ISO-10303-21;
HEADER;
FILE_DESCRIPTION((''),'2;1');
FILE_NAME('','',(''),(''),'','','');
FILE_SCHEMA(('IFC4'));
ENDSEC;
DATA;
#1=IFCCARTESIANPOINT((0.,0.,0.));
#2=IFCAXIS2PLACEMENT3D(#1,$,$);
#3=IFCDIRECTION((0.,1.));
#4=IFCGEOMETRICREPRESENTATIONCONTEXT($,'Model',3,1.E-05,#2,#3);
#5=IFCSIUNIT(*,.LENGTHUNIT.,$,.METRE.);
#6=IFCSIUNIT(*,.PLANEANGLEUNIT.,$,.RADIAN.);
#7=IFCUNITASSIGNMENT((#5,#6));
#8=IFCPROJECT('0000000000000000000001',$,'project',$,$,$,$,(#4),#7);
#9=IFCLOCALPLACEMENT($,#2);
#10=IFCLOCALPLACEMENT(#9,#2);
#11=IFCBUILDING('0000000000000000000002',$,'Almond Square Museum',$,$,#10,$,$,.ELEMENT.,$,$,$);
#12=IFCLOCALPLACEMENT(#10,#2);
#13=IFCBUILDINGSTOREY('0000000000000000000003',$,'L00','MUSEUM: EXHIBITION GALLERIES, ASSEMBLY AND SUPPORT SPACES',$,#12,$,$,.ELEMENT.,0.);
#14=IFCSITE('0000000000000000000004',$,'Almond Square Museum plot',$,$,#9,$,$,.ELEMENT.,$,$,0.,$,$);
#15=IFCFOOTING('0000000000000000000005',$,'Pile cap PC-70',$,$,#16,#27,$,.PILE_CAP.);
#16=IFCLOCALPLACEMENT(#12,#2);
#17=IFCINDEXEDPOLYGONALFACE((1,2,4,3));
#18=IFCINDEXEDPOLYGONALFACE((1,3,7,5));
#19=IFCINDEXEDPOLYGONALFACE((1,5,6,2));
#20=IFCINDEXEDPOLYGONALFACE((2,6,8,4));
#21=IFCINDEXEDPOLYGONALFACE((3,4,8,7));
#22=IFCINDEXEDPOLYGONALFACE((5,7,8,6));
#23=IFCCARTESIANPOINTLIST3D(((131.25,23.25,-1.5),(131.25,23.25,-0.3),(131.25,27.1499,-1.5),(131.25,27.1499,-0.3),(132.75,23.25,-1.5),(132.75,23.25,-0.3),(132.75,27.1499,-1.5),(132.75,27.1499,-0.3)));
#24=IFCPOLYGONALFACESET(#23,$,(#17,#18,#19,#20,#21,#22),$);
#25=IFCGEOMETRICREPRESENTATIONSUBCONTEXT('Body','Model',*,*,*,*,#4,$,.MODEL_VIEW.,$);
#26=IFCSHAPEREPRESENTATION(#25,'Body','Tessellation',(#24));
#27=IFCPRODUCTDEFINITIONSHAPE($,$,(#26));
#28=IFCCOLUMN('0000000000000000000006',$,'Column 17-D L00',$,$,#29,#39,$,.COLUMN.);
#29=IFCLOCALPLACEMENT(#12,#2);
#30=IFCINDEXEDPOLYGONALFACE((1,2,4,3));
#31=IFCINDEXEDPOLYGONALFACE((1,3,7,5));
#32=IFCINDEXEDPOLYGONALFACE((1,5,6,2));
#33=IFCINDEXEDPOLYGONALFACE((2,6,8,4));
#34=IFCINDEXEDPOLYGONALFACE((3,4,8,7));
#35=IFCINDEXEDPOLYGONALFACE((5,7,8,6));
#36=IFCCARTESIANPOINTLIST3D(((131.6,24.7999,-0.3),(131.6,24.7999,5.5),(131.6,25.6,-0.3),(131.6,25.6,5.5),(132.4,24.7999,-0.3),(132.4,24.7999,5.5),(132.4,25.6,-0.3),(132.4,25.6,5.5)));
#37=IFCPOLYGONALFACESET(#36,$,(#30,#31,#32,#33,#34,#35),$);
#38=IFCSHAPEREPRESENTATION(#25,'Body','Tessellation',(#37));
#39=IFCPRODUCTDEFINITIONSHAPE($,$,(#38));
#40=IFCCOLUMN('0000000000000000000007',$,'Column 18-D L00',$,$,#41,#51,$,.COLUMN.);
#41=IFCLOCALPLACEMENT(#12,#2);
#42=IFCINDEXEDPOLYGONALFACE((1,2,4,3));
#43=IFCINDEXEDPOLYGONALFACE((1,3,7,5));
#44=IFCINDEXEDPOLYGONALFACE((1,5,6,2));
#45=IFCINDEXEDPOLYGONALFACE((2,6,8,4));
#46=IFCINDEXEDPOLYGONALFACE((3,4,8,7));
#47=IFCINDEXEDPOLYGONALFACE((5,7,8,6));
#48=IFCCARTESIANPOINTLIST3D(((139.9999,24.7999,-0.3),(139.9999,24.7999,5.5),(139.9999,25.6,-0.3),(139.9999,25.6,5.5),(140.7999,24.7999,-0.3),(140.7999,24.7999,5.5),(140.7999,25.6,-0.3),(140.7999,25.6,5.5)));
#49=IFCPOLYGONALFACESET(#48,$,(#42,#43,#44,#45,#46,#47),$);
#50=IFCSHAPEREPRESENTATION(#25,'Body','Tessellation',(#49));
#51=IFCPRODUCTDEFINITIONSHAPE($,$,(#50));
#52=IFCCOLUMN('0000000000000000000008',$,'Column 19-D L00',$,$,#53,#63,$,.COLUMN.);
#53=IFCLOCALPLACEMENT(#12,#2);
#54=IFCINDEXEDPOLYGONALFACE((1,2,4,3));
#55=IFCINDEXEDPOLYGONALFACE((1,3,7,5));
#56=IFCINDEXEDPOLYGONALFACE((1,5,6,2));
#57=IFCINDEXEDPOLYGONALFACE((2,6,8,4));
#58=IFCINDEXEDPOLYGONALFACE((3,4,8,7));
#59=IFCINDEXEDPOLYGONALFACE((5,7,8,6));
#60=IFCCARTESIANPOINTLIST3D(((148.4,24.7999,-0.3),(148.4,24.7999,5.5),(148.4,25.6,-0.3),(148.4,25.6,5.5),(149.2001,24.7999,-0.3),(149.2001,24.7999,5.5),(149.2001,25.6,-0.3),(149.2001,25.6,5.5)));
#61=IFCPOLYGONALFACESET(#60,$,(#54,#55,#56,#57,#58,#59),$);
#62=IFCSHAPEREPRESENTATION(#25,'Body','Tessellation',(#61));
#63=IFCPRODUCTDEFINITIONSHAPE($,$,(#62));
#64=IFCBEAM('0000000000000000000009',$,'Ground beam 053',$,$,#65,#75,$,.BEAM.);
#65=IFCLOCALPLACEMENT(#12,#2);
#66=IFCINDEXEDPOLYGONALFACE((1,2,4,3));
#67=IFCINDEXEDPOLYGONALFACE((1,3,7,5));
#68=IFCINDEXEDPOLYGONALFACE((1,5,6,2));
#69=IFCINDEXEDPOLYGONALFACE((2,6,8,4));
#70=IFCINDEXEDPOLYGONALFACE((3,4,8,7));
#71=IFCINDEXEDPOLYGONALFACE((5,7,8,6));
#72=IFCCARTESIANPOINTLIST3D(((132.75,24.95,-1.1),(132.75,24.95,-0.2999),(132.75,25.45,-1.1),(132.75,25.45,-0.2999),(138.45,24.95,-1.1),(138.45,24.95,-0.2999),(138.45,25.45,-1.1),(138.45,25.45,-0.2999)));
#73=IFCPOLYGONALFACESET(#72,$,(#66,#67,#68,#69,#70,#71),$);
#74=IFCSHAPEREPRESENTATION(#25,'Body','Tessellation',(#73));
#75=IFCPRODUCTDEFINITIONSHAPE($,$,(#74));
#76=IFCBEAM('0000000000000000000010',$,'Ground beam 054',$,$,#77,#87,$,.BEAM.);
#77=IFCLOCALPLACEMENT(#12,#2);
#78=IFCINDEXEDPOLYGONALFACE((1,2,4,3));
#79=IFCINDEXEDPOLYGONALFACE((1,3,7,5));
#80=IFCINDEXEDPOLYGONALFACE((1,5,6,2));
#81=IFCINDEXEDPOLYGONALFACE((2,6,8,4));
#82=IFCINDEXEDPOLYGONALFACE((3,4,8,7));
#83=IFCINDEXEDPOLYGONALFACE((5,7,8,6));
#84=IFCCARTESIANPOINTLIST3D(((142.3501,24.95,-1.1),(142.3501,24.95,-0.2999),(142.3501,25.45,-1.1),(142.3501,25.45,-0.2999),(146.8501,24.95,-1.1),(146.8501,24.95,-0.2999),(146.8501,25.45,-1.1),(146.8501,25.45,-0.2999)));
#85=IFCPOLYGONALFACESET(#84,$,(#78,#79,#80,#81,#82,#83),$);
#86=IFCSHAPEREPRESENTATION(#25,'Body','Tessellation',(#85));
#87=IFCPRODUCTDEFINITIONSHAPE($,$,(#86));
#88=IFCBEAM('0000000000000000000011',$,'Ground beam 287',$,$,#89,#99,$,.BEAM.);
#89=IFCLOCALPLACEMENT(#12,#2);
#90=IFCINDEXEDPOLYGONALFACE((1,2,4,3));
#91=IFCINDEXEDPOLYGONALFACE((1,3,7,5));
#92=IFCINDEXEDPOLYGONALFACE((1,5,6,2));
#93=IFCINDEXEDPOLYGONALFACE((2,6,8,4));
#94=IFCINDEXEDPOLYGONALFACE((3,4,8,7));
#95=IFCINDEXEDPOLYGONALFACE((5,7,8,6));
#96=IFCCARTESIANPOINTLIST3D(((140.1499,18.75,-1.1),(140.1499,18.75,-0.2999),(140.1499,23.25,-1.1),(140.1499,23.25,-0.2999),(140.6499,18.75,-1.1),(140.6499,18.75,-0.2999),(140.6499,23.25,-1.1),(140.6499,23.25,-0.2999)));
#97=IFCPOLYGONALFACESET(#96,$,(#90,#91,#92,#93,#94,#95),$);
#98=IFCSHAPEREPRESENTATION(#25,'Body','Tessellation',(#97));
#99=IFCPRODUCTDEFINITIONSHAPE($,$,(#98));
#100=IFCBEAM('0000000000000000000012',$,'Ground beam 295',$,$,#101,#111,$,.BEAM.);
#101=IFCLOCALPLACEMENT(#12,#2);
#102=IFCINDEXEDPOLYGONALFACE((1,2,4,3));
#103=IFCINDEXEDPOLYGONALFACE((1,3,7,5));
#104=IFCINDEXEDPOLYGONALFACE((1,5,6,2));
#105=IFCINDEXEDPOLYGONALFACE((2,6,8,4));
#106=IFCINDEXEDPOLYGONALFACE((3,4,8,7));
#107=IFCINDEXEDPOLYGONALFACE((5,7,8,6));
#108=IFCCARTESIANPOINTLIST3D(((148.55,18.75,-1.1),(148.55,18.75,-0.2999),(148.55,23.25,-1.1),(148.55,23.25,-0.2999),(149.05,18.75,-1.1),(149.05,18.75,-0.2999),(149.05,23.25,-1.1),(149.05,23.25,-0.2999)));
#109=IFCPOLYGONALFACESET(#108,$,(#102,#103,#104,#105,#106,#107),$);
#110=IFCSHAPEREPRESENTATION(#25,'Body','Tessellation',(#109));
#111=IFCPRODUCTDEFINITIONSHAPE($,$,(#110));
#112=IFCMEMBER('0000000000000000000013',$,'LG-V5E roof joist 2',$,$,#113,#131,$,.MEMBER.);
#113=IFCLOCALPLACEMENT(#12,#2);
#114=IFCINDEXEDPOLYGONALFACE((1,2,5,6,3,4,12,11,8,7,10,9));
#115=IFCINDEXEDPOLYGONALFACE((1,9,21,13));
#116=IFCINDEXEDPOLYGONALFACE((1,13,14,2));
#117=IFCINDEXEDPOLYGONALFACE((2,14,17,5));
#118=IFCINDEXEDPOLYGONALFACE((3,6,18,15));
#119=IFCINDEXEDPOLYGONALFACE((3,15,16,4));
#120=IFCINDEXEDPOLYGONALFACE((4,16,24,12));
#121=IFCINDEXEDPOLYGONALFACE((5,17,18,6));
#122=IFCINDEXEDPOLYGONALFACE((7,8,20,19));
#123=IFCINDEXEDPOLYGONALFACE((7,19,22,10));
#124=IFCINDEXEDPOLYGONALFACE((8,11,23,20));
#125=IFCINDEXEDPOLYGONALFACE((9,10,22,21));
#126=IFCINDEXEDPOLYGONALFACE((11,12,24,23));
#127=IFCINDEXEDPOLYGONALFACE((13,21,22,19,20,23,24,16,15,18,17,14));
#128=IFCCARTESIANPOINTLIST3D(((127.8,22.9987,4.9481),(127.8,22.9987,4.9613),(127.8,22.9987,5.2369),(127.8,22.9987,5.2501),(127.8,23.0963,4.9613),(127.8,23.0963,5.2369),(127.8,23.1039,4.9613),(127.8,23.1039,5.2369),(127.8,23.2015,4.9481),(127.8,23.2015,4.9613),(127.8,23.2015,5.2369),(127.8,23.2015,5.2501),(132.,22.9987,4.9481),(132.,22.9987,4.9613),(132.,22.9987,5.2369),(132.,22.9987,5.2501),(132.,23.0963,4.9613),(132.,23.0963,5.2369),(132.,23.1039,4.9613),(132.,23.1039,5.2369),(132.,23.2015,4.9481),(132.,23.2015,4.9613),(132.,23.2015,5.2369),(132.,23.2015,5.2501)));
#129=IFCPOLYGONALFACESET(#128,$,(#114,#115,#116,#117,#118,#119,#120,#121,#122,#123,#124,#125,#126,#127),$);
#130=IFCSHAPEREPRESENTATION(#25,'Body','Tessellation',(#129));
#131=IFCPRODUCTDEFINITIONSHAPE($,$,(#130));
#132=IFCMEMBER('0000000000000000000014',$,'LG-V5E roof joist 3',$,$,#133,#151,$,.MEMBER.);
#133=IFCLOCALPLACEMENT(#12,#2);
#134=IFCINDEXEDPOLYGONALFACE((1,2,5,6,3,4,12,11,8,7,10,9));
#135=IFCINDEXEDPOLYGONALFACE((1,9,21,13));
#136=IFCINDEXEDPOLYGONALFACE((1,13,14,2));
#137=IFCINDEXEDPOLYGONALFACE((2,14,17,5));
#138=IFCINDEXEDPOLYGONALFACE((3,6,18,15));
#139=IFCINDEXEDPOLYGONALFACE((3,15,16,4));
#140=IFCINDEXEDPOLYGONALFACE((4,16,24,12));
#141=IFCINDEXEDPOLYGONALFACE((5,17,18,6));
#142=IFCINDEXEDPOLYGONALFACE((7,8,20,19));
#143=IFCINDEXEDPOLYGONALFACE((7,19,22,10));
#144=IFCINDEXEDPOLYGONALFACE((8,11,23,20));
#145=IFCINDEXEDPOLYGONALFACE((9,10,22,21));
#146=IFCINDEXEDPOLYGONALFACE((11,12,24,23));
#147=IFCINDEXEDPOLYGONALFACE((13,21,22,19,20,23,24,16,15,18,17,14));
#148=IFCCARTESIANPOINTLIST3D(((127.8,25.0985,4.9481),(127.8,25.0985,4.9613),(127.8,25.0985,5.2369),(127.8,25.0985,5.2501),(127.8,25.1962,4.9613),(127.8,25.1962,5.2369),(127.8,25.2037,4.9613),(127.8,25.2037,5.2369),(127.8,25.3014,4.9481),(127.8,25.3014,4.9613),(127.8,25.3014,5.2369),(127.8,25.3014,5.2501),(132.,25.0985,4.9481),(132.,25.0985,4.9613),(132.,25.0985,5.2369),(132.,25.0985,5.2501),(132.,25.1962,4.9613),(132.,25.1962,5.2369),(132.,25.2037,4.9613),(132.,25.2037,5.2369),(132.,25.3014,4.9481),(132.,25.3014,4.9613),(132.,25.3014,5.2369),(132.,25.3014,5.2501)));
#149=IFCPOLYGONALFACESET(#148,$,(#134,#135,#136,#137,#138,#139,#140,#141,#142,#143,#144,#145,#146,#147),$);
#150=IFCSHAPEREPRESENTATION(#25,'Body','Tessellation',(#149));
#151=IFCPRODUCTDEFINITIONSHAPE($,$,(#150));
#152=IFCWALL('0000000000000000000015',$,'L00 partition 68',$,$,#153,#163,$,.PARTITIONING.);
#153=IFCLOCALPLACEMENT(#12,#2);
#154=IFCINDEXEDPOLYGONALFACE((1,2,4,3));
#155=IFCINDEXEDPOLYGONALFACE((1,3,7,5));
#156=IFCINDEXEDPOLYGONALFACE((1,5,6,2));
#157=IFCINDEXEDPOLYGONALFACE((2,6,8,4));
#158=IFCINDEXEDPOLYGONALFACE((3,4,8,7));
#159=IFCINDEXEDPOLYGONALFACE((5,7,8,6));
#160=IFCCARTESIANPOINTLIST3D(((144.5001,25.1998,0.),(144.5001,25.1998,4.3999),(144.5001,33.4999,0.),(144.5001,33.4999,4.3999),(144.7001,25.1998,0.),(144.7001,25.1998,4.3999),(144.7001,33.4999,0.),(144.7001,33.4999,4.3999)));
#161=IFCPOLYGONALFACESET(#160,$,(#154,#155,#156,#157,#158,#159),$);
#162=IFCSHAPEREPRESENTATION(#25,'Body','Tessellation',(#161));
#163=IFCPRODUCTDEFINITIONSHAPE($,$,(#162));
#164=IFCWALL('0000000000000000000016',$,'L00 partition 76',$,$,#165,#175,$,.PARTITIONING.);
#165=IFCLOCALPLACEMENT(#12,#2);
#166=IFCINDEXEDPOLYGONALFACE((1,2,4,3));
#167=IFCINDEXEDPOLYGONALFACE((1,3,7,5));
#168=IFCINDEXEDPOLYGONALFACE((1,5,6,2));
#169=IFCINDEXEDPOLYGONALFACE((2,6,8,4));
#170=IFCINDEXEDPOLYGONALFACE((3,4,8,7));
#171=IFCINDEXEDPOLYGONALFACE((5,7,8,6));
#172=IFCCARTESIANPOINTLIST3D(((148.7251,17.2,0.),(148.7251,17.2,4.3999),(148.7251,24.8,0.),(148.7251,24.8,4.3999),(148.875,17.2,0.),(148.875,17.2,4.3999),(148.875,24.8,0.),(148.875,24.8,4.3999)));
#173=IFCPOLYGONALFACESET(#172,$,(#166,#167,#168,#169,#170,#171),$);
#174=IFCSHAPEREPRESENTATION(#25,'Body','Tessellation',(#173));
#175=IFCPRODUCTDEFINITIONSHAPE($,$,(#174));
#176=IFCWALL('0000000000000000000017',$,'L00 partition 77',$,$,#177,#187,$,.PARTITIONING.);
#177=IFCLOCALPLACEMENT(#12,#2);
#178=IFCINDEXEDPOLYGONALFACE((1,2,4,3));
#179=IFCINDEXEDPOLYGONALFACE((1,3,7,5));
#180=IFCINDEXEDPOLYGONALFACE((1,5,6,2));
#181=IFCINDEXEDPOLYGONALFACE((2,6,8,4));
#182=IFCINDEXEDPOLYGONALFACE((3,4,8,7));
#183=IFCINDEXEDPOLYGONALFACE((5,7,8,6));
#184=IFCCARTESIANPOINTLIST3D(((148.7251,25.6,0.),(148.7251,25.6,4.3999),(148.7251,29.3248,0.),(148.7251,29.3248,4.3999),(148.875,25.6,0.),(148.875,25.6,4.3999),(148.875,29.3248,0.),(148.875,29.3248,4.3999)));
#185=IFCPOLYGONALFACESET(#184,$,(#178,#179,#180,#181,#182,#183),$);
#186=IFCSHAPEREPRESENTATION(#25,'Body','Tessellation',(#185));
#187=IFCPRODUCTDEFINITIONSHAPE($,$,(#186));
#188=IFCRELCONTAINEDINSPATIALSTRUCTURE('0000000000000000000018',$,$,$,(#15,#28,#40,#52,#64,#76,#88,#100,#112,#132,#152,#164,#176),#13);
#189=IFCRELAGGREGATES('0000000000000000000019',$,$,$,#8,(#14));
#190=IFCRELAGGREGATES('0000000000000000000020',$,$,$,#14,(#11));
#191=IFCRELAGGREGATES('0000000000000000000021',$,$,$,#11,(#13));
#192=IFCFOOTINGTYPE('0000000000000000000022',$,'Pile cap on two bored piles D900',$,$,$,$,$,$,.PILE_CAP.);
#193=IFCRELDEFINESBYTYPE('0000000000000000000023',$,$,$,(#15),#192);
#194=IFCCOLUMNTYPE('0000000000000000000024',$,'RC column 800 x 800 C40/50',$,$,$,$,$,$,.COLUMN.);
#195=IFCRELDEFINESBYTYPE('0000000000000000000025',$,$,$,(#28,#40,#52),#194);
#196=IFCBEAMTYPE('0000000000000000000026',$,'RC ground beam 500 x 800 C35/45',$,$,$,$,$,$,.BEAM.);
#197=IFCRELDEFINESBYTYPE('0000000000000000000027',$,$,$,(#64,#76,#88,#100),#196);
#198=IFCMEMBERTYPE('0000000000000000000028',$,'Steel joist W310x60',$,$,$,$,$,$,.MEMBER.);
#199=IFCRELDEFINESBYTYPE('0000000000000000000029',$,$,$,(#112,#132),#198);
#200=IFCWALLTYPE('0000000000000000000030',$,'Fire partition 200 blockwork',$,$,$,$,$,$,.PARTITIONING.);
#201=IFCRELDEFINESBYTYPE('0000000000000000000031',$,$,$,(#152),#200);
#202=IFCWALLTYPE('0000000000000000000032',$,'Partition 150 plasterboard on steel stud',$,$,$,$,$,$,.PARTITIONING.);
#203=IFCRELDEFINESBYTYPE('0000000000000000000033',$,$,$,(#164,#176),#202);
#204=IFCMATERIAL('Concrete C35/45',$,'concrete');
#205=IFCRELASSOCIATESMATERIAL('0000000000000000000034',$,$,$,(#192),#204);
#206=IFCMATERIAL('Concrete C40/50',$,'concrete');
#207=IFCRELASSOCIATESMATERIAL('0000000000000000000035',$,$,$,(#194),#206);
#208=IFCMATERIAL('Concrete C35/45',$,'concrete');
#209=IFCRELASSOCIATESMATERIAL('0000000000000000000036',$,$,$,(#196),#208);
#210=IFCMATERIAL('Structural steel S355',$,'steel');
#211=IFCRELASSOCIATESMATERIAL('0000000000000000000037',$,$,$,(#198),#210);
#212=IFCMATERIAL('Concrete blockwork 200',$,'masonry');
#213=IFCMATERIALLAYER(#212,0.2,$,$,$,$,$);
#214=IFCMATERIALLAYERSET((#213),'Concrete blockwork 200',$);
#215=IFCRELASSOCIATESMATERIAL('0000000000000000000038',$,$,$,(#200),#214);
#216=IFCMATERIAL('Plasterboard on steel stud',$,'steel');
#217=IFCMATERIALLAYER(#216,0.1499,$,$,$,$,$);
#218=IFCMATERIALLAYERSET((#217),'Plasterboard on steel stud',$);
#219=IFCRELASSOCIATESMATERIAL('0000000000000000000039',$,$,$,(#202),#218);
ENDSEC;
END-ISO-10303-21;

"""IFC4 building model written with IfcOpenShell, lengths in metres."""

from ifc_helpers import new_model, si_unit, direction, frame, frame_2d, origin, origin_2d, place, context, subcontext, project, spatial, rectangle, i_section, extrude, material, layer, layer_set, material_profile, profile_set, type_object, element, save


model = new_model("IFC4")

# Units and contexts
model_context = context("Model", 3, precision=1e-05, world=origin(), true_north=direction((0.0, 1.0)))
body_context = subcontext(model_context, "Body", "Model", "MODEL_VIEW")
ifc_project = project(units=[si_unit("LENGTHUNIT", "METRE"), si_unit("PLANEANGLEUNIT", "RADIAN")], contexts=[model_context])

# Site, building, storey
site_placement = place(None, origin())
site = spatial("IfcSite", under=ifc_project, at=site_placement, Name="Almond Square Museum plot", CompositionType="ELEMENT", RefElevation=0.0)
building_placement = place(site_placement, origin())
building = spatial("IfcBuilding", under=site, at=building_placement, Name="Almond Square Museum", CompositionType="ELEMENT")
storey_placement = place(building_placement, origin())
storey = spatial("IfcBuildingStorey", under=building, at=storey_placement, Name="L00", Description="MUSEUM: EXHIBITION GALLERIES, ASSEMBLY AND SUPPORT SPACES", CompositionType="ELEMENT", Elevation=0.0)

# Footing
ifc_material_1 = material(Name="Concrete C35/45", Category="concrete")
footing_type_1 = type_object("IfcFootingType", Name="Pile cap on two bored piles D900", PredefinedType="PILE_CAP", material=ifc_material_1)
footing_placement = place(storey_placement, frame((132.0, 25.2, -1.5), z_axis=(0.0, 0.0, 1.0), x_axis=(1.0, 0.0, 0.0)))
element("IfcFooting", 1, at=footing_placement, inside=storey, type_object=footing_type_1, Name="Pile cap PC-70", PredefinedType="PILE_CAP", context=body_context, shape_type="SweptSolid", body=[
    extrude(rectangle(XDim=1.5, YDim=3.8999, at=origin_2d()), origin(), (0.0, 0.0, 1.0), 1.2),
])

# Columns
ifc_material_2 = material(Name="Concrete C40/50", Category="concrete")
ifc_material_profile_1 = material_profile(ifc_material_2, rectangle(XDim=0.8, YDim=0.8, at=origin_2d()))
ifc_profile_set_1 = profile_set([ifc_material_profile_1], Name="Concrete C40/50")
column_type = type_object("IfcColumnType", Name="RC column 800 x 800 C40/50", PredefinedType="COLUMN", material=ifc_profile_set_1)
for number, where, z_axis, x_axis, name in (
    (2, (132.0, 25.2, -0.3), (0.0, 0.0, 1.0), (1.0, 0.0, 0.0), "Column 17-D L00"),
    (3, (140.3999, 25.2, -0.3), (0.0, 0.0, 1.0), (1.0, 0.0, 0.0), "Column 18-D L00"),
    (4, (148.8, 25.2, -0.3), (0.0, 0.0, 1.0), (1.0, 0.0, 0.0), "Column 19-D L00"),
):
    element("IfcColumn", number, at=place(storey_placement, frame(where, z_axis=z_axis, x_axis=x_axis)), inside=storey, type_object=column_type, Name=name, PredefinedType="COLUMN", context=body_context, shape_type="SweptSolid", body=[
        extrude(rectangle(XDim=0.8, YDim=0.8, at=origin_2d()), origin(), (0.0, 0.0, 1.0), 5.8),
    ])

# Beams
ifc_material_3 = material(Name="Concrete C35/45", Category="concrete")
ifc_material_profile_2 = material_profile(ifc_material_3, rectangle(XDim=0.5, YDim=0.8, at=origin_2d()))
ifc_profile_set_2 = profile_set([ifc_material_profile_2], Name="Concrete C35/45")
beam_type = type_object("IfcBeamType", Name="RC ground beam 500 x 800 C35/45", PredefinedType="BEAM", material=ifc_profile_set_2)
beam_placement = place(storey_placement, frame((132.75, 25.2, -0.7), z_axis=(1.0, 0.0, 0.0), x_axis=(0.0, 1.0, 0.0)))
element("IfcBeam", 5, at=beam_placement, inside=storey, type_object=beam_type, Name="Ground beam 053", PredefinedType="BEAM", context=body_context, shape_type="SweptSolid", body=[
    extrude(rectangle(XDim=0.5, YDim=0.8, at=origin_2d()), origin(), (0.0, 0.0, 1.0), 5.7),
])
for number, where, z_axis, x_axis, name in (
    (6, (142.3501, 25.2, -0.7), (1.0, 0.0, 0.0), (0.0, 1.0, 0.0), "Ground beam 054"),
    (7, (140.3999, 18.75, -0.7), (0.0, 1.0, 0.0), (-1.0, 0.0, 0.0), "Ground beam 287"),
    (8, (148.8, 18.75, -0.7), (0.0, 1.0, 0.0), (-1.0, 0.0, 0.0), "Ground beam 295"),
):
    element("IfcBeam", number, at=place(storey_placement, frame(where, z_axis=z_axis, x_axis=x_axis)), inside=storey, type_object=beam_type, Name=name, PredefinedType="BEAM", context=body_context, shape_type="SweptSolid", body=[
        extrude(rectangle(XDim=0.5, YDim=0.8, at=origin_2d()), origin(), (0.0, 0.0, 1.0), 4.5),
    ])

# Members
ifc_material_4 = material(Name="Structural steel S355", Category="steel")
ifc_material_profile_3 = material_profile(ifc_material_4, i_section(OverallWidth=0.2029, OverallDepth=0.302, WebThickness=0.0076, FlangeThickness=0.0132, at=origin_2d()))
ifc_profile_set_3 = profile_set([ifc_material_profile_3], Name="Structural steel S355")
member_type = type_object("IfcMemberType", Name="Steel joist W310x60", PredefinedType="MEMBER", material=ifc_profile_set_3)
for number, where, z_axis, x_axis, name in (
    (9, (132.0, 23.1001, 5.0991), (-1.0, 0.0, 0.0), (0.0, -1.0, 0.0), "LG-V5E roof joist 2"),
    (10, (132.0, 25.2, 5.0991), (-1.0, 0.0, 0.0), (0.0, -1.0, 0.0), "LG-V5E roof joist 3"),
):
    element("IfcMember", number, at=place(storey_placement, frame(where, z_axis=z_axis, x_axis=x_axis)), inside=storey, type_object=member_type, Name=name, PredefinedType="MEMBER", context=body_context, shape_type="SweptSolid", body=[
        extrude(i_section(OverallWidth=0.2029, OverallDepth=0.302, WebThickness=0.0076, FlangeThickness=0.0132, at=origin_2d()), origin(), (0.0, 0.0, 1.0), 4.2),
    ])

# Walls
ifc_material_5 = material(Name="Concrete blockwork 200", Category="masonry")
ifc_layer_1 = layer(ifc_material_5, 0.2)
ifc_layer_set_1 = layer_set([ifc_layer_1], Name="Concrete blockwork 200")
wall_type_1 = type_object("IfcWallType", Name="Fire partition 200 blockwork", PredefinedType="PARTITIONING", material=ifc_layer_set_1)
wall_1_placement = place(storey_placement, frame((144.6001, 25.2, 0.0), z_axis=(0.0, 0.0, 1.0), x_axis=(0.0, 1.0, 0.0)))
element("IfcWall", 11, at=wall_1_placement, inside=storey, type_object=wall_type_1, Name="L00 partition 68", PredefinedType="PARTITIONING", context=body_context, shape_type="SweptSolid", body=[
    extrude(rectangle(XDim=8.3, YDim=0.2, at=frame_2d((4.1499, 0.0))), origin(), (0.0, 0.0, 1.0), 4.3999),
])
ifc_material_6 = material(Name="Plasterboard on steel stud", Category="steel")
ifc_layer_2 = layer(ifc_material_6, 0.1499)
ifc_layer_set_2 = layer_set([ifc_layer_2], Name="Plasterboard on steel stud")
wall_type_2 = type_object("IfcWallType", Name="Partition 150 plasterboard on steel stud", PredefinedType="PARTITIONING", material=ifc_layer_set_2)
wall_2_placement = place(storey_placement, frame((148.8, 17.2, 0.0), z_axis=(0.0, 0.0, 1.0), x_axis=(0.0, 1.0, 0.0)))
element("IfcWall", 12, at=wall_2_placement, inside=storey, type_object=wall_type_2, Name="L00 partition 76", PredefinedType="PARTITIONING", context=body_context, shape_type="SweptSolid", body=[
    extrude(rectangle(XDim=7.6001, YDim=0.1499, at=frame_2d((3.8, 0.0))), origin(), (0.0, 0.0, 1.0), 4.3999),
])
wall_3_placement = place(storey_placement, frame((148.8, 25.6001, 0.0), z_axis=(0.0, 0.0, 1.0), x_axis=(0.0, 1.0, 0.0)))
element("IfcWall", 13, at=wall_3_placement, inside=storey, type_object=wall_type_2, Name="L00 partition 77", PredefinedType="PARTITIONING", context=body_context, shape_type="SweptSolid", body=[
    extrude(rectangle(XDim=3.7249, YDim=0.1499, at=frame_2d((1.8623, 0.0))), origin(), (0.0, 0.0, 1.0), 4.3999),
])

save(model, "model.ifc")
